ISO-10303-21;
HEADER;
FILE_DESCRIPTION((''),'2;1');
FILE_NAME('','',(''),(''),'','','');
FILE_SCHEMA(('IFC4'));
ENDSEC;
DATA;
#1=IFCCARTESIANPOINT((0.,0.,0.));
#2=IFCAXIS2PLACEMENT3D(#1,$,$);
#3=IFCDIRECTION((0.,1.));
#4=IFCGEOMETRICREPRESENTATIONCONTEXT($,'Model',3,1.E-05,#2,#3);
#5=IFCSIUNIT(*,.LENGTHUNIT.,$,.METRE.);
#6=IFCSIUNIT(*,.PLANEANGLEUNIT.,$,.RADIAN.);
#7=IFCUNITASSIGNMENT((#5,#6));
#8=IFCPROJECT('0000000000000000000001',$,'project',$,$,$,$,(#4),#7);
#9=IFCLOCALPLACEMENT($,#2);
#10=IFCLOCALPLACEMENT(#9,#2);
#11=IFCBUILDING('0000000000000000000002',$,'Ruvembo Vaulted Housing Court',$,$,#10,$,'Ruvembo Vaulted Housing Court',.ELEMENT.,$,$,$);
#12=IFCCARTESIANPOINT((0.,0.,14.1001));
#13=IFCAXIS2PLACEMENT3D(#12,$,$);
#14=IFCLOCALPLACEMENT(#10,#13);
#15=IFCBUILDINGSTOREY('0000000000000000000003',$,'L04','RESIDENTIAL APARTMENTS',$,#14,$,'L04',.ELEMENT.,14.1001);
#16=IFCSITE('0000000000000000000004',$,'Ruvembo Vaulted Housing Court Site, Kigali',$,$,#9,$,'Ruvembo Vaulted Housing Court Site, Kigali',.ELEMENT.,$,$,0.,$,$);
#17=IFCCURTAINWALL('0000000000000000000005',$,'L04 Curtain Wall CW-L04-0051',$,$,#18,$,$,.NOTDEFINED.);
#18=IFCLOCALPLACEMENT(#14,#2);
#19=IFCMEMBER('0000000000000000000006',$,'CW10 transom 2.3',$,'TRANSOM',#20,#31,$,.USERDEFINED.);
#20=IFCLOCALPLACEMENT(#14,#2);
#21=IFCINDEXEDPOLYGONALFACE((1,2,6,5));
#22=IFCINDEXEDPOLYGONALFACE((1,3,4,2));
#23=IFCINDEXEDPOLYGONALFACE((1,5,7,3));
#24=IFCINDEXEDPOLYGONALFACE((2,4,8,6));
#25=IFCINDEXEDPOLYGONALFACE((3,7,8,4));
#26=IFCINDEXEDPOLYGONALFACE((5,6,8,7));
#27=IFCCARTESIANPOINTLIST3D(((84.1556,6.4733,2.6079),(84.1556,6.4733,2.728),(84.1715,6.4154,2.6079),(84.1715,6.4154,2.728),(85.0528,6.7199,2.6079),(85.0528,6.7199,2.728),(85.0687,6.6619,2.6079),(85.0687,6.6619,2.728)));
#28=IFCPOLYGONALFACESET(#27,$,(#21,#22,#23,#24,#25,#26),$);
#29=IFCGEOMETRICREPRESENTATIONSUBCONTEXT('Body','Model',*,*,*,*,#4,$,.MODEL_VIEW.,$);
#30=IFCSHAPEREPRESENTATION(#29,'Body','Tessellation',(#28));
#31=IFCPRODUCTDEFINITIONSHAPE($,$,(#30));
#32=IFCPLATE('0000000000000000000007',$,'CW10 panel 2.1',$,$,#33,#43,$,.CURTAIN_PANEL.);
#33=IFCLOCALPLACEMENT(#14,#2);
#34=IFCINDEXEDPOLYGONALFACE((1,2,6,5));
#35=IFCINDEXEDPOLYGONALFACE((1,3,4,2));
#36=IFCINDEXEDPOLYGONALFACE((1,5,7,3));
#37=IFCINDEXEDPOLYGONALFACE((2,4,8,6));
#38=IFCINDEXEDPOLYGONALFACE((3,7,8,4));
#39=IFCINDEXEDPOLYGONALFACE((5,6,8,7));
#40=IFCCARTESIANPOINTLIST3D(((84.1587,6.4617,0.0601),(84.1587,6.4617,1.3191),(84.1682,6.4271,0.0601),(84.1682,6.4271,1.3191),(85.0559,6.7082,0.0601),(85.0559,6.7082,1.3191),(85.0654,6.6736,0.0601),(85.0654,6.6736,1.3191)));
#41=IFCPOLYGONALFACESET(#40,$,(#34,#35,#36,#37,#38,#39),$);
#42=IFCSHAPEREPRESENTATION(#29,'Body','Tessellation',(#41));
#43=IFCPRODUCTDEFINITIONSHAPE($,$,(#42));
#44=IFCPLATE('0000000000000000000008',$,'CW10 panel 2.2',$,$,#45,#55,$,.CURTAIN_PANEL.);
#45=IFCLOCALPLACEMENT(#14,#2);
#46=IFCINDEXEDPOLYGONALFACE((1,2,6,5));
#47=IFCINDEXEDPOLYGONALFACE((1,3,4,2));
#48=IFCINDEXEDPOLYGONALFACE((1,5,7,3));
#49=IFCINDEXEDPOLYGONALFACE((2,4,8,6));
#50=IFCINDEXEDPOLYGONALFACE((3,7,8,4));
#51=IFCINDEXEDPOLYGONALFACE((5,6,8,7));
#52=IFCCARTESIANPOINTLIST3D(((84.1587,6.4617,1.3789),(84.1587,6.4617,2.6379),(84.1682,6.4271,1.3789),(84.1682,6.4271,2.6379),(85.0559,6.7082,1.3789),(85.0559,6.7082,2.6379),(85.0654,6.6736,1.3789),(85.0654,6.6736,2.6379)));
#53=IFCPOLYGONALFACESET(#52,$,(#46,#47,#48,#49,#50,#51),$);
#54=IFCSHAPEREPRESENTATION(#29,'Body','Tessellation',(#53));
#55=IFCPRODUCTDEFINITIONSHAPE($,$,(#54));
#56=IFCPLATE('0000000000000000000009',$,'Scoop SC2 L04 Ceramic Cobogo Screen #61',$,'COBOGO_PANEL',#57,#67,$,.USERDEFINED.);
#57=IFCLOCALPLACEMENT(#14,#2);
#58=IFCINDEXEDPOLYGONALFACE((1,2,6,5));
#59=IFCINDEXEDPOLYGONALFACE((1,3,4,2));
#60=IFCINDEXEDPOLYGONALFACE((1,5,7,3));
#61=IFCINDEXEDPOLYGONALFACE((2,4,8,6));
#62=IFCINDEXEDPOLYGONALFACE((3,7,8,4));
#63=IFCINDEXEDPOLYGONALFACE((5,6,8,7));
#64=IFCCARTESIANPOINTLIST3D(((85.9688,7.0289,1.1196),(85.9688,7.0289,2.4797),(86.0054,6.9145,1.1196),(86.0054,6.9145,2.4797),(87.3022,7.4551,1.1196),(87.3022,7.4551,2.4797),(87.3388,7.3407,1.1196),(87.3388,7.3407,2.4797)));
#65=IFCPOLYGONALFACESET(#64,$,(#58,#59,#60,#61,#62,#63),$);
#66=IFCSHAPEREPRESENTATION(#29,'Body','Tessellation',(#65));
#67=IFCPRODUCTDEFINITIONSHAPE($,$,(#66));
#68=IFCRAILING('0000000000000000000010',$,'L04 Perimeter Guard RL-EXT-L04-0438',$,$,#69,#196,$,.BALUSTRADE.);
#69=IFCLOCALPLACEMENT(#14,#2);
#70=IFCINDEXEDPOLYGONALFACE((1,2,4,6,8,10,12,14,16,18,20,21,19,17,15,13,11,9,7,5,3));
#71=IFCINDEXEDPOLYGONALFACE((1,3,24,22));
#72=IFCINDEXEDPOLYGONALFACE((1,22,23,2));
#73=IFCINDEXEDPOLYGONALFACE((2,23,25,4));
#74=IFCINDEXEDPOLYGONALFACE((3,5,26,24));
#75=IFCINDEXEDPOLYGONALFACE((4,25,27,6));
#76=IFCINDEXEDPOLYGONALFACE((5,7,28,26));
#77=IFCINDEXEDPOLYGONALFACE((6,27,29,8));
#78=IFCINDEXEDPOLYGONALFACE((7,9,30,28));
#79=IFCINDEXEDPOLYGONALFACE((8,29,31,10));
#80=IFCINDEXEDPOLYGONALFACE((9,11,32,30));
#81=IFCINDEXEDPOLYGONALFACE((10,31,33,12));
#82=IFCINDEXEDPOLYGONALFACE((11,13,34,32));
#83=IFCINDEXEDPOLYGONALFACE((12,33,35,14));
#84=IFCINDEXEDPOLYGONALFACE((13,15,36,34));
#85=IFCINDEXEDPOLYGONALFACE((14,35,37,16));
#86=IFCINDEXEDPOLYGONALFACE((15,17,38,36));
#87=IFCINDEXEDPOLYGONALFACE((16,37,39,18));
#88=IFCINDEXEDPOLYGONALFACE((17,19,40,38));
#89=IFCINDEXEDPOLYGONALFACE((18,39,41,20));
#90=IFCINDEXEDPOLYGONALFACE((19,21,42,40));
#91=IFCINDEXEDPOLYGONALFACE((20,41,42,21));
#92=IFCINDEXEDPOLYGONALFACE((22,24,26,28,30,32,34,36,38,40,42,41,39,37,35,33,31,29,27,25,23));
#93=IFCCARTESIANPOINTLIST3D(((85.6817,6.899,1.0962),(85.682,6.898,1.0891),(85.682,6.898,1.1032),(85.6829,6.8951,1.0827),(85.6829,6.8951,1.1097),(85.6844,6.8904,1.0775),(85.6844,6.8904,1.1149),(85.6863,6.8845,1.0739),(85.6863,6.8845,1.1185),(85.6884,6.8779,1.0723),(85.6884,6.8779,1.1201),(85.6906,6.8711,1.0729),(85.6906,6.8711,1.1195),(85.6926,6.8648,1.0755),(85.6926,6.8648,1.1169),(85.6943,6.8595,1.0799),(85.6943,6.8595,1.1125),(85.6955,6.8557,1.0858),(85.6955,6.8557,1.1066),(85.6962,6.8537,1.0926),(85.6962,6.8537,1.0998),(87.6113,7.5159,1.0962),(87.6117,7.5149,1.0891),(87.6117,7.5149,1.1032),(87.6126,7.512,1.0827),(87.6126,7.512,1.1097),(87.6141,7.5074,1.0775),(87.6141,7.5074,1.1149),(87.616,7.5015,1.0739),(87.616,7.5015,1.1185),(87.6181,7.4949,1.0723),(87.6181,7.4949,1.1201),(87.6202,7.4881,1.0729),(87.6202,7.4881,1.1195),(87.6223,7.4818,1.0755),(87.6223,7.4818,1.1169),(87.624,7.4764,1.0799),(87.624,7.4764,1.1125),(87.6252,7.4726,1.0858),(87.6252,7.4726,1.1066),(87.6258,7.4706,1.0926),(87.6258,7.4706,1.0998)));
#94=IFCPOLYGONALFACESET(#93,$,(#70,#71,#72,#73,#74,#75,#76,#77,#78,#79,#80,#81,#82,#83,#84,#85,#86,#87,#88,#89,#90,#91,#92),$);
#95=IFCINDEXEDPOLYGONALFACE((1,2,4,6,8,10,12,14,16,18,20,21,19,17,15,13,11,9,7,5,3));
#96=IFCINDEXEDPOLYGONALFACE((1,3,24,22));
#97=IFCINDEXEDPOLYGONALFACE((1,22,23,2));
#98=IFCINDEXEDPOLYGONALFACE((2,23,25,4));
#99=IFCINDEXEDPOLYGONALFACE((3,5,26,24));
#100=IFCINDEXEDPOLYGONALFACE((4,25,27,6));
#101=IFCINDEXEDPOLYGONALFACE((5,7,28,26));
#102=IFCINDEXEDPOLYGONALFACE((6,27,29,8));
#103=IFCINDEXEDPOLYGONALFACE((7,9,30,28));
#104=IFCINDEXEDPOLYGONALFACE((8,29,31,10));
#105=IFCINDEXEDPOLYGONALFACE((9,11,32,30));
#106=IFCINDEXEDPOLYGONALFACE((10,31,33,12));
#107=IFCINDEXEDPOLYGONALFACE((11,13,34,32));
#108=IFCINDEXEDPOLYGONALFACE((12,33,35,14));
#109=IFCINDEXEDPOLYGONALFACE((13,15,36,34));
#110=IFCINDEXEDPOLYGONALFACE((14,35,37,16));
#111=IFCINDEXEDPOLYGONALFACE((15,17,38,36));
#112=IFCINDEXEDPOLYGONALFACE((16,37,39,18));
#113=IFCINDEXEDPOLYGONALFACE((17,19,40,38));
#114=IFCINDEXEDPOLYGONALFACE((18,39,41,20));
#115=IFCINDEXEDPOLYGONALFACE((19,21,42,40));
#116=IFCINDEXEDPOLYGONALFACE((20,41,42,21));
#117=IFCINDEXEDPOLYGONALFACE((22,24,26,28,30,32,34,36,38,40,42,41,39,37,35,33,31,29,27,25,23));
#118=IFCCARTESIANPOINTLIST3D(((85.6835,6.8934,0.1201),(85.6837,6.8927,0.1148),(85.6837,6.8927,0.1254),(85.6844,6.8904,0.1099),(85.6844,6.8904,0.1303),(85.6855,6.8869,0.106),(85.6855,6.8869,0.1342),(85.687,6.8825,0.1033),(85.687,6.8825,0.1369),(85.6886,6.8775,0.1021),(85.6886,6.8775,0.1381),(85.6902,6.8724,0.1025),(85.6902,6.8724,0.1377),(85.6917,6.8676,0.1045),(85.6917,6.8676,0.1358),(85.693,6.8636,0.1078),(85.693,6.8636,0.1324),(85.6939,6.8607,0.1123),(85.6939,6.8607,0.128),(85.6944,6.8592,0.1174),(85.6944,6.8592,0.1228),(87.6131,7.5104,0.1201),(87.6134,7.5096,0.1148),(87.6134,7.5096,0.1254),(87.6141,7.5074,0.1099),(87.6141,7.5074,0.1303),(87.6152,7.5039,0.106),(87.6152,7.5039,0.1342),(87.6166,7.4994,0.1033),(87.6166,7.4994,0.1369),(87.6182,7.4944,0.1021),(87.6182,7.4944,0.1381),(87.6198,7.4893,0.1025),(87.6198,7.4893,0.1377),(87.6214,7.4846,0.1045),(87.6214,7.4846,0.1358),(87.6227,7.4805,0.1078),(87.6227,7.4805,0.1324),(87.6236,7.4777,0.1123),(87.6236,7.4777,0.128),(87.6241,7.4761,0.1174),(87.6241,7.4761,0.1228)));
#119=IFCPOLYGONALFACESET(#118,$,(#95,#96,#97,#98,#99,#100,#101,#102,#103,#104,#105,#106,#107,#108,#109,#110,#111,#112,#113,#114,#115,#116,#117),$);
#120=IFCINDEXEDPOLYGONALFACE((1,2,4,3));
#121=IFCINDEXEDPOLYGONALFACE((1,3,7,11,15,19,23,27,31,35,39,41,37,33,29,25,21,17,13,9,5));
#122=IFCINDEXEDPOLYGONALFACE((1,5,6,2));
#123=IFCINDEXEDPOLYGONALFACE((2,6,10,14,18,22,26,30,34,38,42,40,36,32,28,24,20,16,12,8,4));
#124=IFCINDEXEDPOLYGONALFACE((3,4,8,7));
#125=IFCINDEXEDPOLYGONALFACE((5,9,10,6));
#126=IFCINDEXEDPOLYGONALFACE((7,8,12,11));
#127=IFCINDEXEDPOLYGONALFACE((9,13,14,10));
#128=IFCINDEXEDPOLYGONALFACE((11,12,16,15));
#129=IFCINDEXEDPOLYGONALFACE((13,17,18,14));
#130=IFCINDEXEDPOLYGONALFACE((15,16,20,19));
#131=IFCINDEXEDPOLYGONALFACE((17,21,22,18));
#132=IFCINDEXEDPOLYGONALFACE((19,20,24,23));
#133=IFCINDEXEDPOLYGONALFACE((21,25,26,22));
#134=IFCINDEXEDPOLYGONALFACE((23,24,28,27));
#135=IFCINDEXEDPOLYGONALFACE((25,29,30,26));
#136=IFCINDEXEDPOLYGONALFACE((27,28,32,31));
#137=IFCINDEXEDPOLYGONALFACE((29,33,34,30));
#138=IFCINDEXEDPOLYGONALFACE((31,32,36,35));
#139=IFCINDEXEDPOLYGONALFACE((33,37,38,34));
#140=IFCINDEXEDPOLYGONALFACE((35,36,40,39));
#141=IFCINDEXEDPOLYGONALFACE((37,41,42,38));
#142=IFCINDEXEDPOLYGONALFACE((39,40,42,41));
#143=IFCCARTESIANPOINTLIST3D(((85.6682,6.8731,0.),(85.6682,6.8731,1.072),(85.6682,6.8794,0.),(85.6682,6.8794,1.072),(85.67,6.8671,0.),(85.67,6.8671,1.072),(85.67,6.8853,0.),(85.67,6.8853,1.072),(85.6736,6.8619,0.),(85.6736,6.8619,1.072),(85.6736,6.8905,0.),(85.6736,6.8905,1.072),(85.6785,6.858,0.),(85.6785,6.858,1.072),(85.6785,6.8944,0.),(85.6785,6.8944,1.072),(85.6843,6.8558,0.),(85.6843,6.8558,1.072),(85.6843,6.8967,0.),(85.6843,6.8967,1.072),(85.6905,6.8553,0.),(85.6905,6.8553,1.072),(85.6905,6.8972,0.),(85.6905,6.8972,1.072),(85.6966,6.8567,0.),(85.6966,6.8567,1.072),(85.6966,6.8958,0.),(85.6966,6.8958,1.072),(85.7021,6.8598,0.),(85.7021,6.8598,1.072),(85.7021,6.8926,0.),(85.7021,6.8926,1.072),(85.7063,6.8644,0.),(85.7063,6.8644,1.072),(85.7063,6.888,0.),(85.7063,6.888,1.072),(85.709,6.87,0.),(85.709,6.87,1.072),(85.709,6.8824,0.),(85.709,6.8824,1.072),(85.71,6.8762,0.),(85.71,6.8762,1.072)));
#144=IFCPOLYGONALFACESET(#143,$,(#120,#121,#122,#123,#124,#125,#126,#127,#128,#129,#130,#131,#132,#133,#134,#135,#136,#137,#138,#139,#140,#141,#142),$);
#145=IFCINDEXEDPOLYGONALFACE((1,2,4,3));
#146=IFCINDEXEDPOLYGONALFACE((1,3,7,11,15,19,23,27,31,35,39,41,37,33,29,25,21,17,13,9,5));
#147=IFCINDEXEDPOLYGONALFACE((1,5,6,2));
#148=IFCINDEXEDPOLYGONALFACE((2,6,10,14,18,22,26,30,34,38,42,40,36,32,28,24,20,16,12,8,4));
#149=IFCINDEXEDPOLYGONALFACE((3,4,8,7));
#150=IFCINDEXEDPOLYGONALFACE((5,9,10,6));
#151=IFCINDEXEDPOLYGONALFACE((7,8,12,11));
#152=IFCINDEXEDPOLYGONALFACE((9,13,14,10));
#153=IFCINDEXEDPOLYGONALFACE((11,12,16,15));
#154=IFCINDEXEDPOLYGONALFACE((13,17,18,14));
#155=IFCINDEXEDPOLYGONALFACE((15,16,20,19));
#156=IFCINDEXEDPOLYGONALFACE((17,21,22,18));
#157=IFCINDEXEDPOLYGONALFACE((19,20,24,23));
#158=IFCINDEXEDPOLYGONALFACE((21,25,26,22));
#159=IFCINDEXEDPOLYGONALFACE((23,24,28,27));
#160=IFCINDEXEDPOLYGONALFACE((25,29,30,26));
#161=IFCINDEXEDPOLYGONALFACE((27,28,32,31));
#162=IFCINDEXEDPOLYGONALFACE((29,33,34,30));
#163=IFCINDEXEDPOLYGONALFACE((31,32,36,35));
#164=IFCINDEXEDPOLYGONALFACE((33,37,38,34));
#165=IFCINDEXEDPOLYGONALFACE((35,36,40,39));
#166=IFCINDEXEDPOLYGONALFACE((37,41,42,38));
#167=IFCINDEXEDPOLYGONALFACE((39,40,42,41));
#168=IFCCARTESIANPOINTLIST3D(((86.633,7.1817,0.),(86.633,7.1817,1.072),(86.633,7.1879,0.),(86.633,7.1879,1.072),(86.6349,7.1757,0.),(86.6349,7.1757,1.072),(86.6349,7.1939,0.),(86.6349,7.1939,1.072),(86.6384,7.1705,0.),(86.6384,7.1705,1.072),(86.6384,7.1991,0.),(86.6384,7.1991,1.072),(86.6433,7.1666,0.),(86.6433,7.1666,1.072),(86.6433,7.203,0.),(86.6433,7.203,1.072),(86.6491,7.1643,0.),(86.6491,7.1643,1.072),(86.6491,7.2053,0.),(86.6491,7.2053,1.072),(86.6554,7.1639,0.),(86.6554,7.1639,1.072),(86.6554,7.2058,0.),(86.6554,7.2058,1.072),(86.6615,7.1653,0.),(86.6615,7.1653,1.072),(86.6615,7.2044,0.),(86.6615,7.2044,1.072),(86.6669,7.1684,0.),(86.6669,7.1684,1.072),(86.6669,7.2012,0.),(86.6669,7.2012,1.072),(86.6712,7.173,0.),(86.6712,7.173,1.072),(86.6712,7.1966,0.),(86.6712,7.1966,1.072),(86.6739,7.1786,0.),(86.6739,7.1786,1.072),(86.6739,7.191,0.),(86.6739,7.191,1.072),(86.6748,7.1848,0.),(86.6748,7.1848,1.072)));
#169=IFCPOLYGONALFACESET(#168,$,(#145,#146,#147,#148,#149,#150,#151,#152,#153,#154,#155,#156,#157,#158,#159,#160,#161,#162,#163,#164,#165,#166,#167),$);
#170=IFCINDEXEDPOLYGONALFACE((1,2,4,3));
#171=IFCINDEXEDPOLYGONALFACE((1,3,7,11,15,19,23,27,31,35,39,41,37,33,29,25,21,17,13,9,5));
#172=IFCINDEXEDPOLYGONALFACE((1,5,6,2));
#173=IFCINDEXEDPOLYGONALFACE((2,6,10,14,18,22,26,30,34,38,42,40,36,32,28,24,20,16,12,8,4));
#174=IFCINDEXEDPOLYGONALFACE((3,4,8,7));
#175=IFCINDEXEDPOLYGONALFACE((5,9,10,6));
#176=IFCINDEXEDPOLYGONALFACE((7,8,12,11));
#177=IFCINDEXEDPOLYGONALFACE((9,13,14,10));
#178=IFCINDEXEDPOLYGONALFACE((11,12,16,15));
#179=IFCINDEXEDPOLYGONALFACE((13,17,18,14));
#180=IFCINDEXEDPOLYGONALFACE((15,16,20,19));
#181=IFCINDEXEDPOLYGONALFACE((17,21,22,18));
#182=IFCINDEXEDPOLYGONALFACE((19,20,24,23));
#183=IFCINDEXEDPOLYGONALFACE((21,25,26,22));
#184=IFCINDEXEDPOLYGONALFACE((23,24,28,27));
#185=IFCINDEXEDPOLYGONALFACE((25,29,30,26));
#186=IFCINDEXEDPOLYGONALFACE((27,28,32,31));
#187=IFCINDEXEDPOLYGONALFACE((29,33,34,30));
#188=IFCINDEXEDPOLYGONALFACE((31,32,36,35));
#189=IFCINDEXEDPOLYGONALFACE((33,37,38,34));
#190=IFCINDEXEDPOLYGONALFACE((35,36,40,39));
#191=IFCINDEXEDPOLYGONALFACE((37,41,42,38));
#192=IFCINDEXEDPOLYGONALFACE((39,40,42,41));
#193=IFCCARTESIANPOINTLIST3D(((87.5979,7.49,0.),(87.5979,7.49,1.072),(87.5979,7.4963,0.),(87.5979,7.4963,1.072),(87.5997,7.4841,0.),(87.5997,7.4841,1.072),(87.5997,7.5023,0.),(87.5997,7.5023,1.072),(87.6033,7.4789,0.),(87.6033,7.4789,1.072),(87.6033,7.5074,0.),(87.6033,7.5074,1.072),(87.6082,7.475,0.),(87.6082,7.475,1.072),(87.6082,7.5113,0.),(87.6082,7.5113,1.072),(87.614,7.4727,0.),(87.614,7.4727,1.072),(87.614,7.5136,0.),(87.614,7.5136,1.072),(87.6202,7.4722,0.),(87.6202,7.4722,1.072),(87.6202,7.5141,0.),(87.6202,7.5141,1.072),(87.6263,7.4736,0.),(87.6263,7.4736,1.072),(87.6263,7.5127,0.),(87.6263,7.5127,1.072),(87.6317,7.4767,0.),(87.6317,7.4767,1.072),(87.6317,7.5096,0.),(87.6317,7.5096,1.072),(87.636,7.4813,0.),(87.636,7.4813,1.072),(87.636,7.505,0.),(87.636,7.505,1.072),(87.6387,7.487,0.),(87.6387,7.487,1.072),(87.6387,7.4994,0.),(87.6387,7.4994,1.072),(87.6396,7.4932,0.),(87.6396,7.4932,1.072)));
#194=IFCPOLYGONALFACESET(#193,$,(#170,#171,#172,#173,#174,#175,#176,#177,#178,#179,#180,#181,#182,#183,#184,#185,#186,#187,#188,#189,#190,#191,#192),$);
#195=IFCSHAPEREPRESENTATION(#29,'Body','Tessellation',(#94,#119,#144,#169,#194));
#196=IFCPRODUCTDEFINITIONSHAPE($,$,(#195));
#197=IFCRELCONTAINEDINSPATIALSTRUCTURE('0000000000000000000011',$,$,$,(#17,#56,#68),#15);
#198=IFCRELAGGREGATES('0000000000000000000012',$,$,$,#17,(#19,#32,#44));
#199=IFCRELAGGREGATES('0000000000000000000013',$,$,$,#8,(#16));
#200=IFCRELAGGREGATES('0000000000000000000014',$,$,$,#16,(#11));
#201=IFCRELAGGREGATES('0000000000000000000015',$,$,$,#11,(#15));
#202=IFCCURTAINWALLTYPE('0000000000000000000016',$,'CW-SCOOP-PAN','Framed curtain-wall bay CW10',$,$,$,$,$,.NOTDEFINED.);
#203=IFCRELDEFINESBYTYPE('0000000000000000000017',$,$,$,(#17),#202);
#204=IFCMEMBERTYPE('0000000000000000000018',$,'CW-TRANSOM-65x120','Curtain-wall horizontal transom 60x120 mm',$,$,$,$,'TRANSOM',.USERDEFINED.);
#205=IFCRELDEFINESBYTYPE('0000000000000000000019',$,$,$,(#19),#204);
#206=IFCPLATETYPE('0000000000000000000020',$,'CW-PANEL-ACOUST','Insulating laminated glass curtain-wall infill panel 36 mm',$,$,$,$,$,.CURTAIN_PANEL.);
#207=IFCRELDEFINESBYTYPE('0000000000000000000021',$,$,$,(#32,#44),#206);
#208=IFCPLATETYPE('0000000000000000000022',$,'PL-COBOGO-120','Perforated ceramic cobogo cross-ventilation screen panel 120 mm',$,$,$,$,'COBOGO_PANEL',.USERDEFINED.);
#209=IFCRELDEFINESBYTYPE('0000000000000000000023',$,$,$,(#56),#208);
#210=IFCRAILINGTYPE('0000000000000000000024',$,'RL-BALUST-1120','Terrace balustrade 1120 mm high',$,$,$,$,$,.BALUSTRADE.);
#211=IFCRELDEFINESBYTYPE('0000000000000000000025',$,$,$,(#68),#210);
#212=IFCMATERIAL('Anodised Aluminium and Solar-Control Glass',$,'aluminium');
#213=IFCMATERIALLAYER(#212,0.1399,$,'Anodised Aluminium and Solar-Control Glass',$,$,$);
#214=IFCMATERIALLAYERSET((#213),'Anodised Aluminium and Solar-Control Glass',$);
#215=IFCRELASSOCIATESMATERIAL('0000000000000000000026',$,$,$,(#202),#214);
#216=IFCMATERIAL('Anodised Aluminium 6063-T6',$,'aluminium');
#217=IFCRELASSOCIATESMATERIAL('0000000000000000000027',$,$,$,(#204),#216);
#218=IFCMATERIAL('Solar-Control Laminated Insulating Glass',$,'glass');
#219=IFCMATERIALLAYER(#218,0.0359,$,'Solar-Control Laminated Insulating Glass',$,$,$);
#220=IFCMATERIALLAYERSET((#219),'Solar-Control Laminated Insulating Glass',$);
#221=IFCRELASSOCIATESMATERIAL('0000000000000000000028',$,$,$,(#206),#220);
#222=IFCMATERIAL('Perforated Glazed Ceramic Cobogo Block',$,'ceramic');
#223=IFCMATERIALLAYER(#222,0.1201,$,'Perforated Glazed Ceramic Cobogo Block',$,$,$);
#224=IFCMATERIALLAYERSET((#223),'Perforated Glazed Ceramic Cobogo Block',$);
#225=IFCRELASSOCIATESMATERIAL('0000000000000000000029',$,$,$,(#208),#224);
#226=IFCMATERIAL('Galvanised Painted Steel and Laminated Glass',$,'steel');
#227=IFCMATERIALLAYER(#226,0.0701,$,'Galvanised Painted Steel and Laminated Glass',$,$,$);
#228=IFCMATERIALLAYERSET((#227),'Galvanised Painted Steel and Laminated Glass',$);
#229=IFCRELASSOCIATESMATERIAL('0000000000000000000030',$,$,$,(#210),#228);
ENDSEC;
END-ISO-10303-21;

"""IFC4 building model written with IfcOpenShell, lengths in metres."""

from ifc_helpers import new_model, si_unit, direction, frame, origin, origin_2d, place, context, subcontext, project, spatial, rectangle, circle, extrude, material, layer, layer_set, material_profile, profile_set, type_object, element, aggregate, save


model = new_model("IFC4")

# Units and contexts
model_context = context("Model", 3, precision=1e-05, world=origin(), true_north=direction((0.0, 1.0)))
body_context = subcontext(model_context, "Body", "Model", "MODEL_VIEW")
ifc_project = project(units=[si_unit("LENGTHUNIT", "METRE"), si_unit("PLANEANGLEUNIT", "RADIAN")], contexts=[model_context])

# Site, building, storey
site_placement = place(None, origin())
site = spatial("IfcSite", under=ifc_project, at=site_placement, Name="Ruvembo Vaulted Housing Court Site, Kigali", LongName="Ruvembo Vaulted Housing Court Site, Kigali", CompositionType="ELEMENT", RefElevation=0.0)
building_placement = place(site_placement, origin())
building = spatial("IfcBuilding", under=site, at=building_placement, Name="Ruvembo Vaulted Housing Court", LongName="Ruvembo Vaulted Housing Court", CompositionType="ELEMENT")
storey_placement = place(building_placement, frame((0.0, 0.0, 14.1001)))
storey = spatial("IfcBuildingStorey", under=building, at=storey_placement, Name="L04", Description="RESIDENTIAL APARTMENTS", LongName="L04", CompositionType="ELEMENT", Elevation=14.1001)

# Curtain wall
ifc_material_1 = material(Name="Anodised Aluminium and Solar-Control Glass", Category="aluminium")
ifc_layer_1 = layer(ifc_material_1, 0.1399, Name="Anodised Aluminium and Solar-Control Glass")
ifc_layer_set_1 = layer_set([ifc_layer_1], Name="Anodised Aluminium and Solar-Control Glass")
curtain_wall_type = type_object("IfcCurtainWallType", Name="CW-SCOOP-PAN", Description="Framed curtain-wall bay CW10", PredefinedType="NOTDEFINED", material=ifc_layer_set_1)
curtain_wall_1_placement = place(storey_placement, origin())
curtain_wall_1 = element("IfcCurtainWall", 1, at=curtain_wall_1_placement, inside=storey, type_object=curtain_wall_type, Name="L04 Curtain Wall CW-L04-0051", PredefinedType="NOTDEFINED")
ifc_material_2 = material(Name="Anodised Aluminium 6063-T6", Category="aluminium")

# Member
ifc_material_profile_1 = material_profile(ifc_material_2, rectangle(XDim=0.0601, YDim=0.1201, at=origin_2d()), Name="ALU 60x120")
ifc_profile_set_1 = profile_set([ifc_material_profile_1], Name="Anodised Aluminium 6063-T6")
member_type_1 = type_object("IfcMemberType", Name="CW-TRANSOM-65x120", Description="Curtain-wall horizontal transom 60x120 mm", ElementType="TRANSOM", PredefinedType="USERDEFINED", material=ifc_profile_set_1)
member_1_placement = place(storey_placement, frame((84.1636, 6.4443, 2.668), z_axis=(0.964247, 0.265004, 0.0), x_axis=(-0.265004, 0.964247, 0.0)))
member_1 = element("IfcMember", 2, at=member_1_placement, type_object=member_type_1, Name="CW10 transom 2.3", ObjectType="TRANSOM", PredefinedType="USERDEFINED", context=body_context, shape_type="SweptSolid", body=[
    extrude(rectangle(XDim=0.0601, YDim=0.1201, at=origin_2d()), origin(), (0.0, 0.0, 1.0), 0.9304),
])

# Plates
ifc_material_3 = material(Name="Solar-Control Laminated Insulating Glass", Category="glass")
ifc_layer_2 = layer(ifc_material_3, 0.0359, Name="Solar-Control Laminated Insulating Glass")
ifc_layer_set_2 = layer_set([ifc_layer_2], Name="Solar-Control Laminated Insulating Glass")
plate_type_1 = type_object("IfcPlateType", Name="CW-PANEL-ACOUST", Description="Insulating laminated glass curtain-wall infill panel 36 mm", PredefinedType="CURTAIN_PANEL", material=ifc_layer_set_2)
plate_1_placement = place(storey_placement, frame((84.6121, 6.5676, 0.0601), z_axis=(0.0, 0.0, 1.0), x_axis=(0.964261, 0.264955, 0.0)))
plate_1 = element("IfcPlate", 3, at=plate_1_placement, type_object=plate_type_1, Name="CW10 panel 2.1", PredefinedType="CURTAIN_PANEL", context=body_context, shape_type="SweptSolid", body=[
    extrude(rectangle(XDim=0.9304, YDim=0.0359, at=origin_2d()), origin(), (0.0, 0.0, 1.0), 1.259),
])
plate_2_placement = place(storey_placement, frame((84.6121, 6.5676, 1.3789), z_axis=(0.0, 0.0, 1.0), x_axis=(0.964261, 0.264955, 0.0)))
plate_2 = element("IfcPlate", 4, at=plate_2_placement, type_object=plate_type_1, Name="CW10 panel 2.2", PredefinedType="CURTAIN_PANEL", context=body_context, shape_type="SweptSolid", body=[
    extrude(rectangle(XDim=0.9304, YDim=0.0359, at=origin_2d()), origin(), (0.0, 0.0, 1.0), 1.259),
])
aggregate(curtain_wall_1, [member_1, plate_1, plate_2])
ifc_material_4 = material(Name="Perforated Glazed Ceramic Cobogo Block", Category="ceramic")
ifc_layer_3 = layer(ifc_material_4, 0.1201, Name="Perforated Glazed Ceramic Cobogo Block")
ifc_layer_set_3 = layer_set([ifc_layer_3], Name="Perforated Glazed Ceramic Cobogo Block")
plate_type_2 = type_object("IfcPlateType", Name="PL-COBOGO-120", Description="Perforated ceramic cobogo cross-ventilation screen panel 120 mm", ElementType="COBOGO_PANEL", PredefinedType="USERDEFINED", material=ifc_layer_set_3)
plate_3_placement = place(storey_placement, frame((86.6538, 7.1848, 1.1196), z_axis=(0.0, 0.0, 1.0), x_axis=(0.952523, 0.304465, 0.0)))
element("IfcPlate", 5, at=plate_3_placement, inside=storey, type_object=plate_type_2, Name="Scoop SC2 L04 Ceramic Cobogo Screen #61", ObjectType="COBOGO_PANEL", PredefinedType="USERDEFINED", context=body_context, shape_type="SweptSolid", body=[
    extrude(rectangle(XDim=1.3999, YDim=0.1201, at=origin_2d()), origin(), (0.0, 0.0, 1.0), 1.3601),
])

# Railing
ifc_material_5 = material(Name="Galvanised Painted Steel and Laminated Glass", Category="steel")
ifc_layer_4 = layer(ifc_material_5, 0.0701, Name="Galvanised Painted Steel and Laminated Glass")
ifc_layer_set_4 = layer_set([ifc_layer_4], Name="Galvanised Painted Steel and Laminated Glass")
railing_type = type_object("IfcRailingType", Name="RL-BALUST-1120", Description="Terrace balustrade 1120 mm high", PredefinedType="BALUSTRADE", material=ifc_layer_set_4)
railing_1_placement = place(storey_placement, frame((85.689, 6.8762, 0.0)))
element("IfcRailing", 6, at=railing_1_placement, inside=storey, type_object=railing_type, Name="L04 Perimeter Guard RL-EXT-L04-0438", PredefinedType="BALUSTRADE", context=body_context, shape_type="SweptSolid", body=[
    extrude(circle(Radius=0.0239, at=origin_2d()), frame((0.0, 0.0, 1.0962), z_axis=(0.952504, 0.304526, 0.0), x_axis=(-0.304526, 0.952504, 0.0)), (0.0, 0.0, 1.0), 2.0259),
    extrude(circle(Radius=0.0181, at=origin_2d()), frame((0.0, 0.0, 0.1201), z_axis=(0.952504, 0.304526, 0.0), x_axis=(-0.304526, 0.952504, 0.0)), (0.0, 0.0, 1.0), 2.0259),
    extrude(circle(Radius=0.021, at=origin_2d()), origin(), (0.0, 0.0, 1.0), 1.072),
    extrude(circle(Radius=0.021, at=origin_2d()), frame((0.9648, 0.3086, 0.0)), (0.0, 0.0, 1.0), 1.072),
    extrude(circle(Radius=0.021, at=origin_2d()), frame((1.9297, 0.6169, 0.0)), (0.0, 0.0, 1.0), 1.072),
])

save(model, "model.ifc")
